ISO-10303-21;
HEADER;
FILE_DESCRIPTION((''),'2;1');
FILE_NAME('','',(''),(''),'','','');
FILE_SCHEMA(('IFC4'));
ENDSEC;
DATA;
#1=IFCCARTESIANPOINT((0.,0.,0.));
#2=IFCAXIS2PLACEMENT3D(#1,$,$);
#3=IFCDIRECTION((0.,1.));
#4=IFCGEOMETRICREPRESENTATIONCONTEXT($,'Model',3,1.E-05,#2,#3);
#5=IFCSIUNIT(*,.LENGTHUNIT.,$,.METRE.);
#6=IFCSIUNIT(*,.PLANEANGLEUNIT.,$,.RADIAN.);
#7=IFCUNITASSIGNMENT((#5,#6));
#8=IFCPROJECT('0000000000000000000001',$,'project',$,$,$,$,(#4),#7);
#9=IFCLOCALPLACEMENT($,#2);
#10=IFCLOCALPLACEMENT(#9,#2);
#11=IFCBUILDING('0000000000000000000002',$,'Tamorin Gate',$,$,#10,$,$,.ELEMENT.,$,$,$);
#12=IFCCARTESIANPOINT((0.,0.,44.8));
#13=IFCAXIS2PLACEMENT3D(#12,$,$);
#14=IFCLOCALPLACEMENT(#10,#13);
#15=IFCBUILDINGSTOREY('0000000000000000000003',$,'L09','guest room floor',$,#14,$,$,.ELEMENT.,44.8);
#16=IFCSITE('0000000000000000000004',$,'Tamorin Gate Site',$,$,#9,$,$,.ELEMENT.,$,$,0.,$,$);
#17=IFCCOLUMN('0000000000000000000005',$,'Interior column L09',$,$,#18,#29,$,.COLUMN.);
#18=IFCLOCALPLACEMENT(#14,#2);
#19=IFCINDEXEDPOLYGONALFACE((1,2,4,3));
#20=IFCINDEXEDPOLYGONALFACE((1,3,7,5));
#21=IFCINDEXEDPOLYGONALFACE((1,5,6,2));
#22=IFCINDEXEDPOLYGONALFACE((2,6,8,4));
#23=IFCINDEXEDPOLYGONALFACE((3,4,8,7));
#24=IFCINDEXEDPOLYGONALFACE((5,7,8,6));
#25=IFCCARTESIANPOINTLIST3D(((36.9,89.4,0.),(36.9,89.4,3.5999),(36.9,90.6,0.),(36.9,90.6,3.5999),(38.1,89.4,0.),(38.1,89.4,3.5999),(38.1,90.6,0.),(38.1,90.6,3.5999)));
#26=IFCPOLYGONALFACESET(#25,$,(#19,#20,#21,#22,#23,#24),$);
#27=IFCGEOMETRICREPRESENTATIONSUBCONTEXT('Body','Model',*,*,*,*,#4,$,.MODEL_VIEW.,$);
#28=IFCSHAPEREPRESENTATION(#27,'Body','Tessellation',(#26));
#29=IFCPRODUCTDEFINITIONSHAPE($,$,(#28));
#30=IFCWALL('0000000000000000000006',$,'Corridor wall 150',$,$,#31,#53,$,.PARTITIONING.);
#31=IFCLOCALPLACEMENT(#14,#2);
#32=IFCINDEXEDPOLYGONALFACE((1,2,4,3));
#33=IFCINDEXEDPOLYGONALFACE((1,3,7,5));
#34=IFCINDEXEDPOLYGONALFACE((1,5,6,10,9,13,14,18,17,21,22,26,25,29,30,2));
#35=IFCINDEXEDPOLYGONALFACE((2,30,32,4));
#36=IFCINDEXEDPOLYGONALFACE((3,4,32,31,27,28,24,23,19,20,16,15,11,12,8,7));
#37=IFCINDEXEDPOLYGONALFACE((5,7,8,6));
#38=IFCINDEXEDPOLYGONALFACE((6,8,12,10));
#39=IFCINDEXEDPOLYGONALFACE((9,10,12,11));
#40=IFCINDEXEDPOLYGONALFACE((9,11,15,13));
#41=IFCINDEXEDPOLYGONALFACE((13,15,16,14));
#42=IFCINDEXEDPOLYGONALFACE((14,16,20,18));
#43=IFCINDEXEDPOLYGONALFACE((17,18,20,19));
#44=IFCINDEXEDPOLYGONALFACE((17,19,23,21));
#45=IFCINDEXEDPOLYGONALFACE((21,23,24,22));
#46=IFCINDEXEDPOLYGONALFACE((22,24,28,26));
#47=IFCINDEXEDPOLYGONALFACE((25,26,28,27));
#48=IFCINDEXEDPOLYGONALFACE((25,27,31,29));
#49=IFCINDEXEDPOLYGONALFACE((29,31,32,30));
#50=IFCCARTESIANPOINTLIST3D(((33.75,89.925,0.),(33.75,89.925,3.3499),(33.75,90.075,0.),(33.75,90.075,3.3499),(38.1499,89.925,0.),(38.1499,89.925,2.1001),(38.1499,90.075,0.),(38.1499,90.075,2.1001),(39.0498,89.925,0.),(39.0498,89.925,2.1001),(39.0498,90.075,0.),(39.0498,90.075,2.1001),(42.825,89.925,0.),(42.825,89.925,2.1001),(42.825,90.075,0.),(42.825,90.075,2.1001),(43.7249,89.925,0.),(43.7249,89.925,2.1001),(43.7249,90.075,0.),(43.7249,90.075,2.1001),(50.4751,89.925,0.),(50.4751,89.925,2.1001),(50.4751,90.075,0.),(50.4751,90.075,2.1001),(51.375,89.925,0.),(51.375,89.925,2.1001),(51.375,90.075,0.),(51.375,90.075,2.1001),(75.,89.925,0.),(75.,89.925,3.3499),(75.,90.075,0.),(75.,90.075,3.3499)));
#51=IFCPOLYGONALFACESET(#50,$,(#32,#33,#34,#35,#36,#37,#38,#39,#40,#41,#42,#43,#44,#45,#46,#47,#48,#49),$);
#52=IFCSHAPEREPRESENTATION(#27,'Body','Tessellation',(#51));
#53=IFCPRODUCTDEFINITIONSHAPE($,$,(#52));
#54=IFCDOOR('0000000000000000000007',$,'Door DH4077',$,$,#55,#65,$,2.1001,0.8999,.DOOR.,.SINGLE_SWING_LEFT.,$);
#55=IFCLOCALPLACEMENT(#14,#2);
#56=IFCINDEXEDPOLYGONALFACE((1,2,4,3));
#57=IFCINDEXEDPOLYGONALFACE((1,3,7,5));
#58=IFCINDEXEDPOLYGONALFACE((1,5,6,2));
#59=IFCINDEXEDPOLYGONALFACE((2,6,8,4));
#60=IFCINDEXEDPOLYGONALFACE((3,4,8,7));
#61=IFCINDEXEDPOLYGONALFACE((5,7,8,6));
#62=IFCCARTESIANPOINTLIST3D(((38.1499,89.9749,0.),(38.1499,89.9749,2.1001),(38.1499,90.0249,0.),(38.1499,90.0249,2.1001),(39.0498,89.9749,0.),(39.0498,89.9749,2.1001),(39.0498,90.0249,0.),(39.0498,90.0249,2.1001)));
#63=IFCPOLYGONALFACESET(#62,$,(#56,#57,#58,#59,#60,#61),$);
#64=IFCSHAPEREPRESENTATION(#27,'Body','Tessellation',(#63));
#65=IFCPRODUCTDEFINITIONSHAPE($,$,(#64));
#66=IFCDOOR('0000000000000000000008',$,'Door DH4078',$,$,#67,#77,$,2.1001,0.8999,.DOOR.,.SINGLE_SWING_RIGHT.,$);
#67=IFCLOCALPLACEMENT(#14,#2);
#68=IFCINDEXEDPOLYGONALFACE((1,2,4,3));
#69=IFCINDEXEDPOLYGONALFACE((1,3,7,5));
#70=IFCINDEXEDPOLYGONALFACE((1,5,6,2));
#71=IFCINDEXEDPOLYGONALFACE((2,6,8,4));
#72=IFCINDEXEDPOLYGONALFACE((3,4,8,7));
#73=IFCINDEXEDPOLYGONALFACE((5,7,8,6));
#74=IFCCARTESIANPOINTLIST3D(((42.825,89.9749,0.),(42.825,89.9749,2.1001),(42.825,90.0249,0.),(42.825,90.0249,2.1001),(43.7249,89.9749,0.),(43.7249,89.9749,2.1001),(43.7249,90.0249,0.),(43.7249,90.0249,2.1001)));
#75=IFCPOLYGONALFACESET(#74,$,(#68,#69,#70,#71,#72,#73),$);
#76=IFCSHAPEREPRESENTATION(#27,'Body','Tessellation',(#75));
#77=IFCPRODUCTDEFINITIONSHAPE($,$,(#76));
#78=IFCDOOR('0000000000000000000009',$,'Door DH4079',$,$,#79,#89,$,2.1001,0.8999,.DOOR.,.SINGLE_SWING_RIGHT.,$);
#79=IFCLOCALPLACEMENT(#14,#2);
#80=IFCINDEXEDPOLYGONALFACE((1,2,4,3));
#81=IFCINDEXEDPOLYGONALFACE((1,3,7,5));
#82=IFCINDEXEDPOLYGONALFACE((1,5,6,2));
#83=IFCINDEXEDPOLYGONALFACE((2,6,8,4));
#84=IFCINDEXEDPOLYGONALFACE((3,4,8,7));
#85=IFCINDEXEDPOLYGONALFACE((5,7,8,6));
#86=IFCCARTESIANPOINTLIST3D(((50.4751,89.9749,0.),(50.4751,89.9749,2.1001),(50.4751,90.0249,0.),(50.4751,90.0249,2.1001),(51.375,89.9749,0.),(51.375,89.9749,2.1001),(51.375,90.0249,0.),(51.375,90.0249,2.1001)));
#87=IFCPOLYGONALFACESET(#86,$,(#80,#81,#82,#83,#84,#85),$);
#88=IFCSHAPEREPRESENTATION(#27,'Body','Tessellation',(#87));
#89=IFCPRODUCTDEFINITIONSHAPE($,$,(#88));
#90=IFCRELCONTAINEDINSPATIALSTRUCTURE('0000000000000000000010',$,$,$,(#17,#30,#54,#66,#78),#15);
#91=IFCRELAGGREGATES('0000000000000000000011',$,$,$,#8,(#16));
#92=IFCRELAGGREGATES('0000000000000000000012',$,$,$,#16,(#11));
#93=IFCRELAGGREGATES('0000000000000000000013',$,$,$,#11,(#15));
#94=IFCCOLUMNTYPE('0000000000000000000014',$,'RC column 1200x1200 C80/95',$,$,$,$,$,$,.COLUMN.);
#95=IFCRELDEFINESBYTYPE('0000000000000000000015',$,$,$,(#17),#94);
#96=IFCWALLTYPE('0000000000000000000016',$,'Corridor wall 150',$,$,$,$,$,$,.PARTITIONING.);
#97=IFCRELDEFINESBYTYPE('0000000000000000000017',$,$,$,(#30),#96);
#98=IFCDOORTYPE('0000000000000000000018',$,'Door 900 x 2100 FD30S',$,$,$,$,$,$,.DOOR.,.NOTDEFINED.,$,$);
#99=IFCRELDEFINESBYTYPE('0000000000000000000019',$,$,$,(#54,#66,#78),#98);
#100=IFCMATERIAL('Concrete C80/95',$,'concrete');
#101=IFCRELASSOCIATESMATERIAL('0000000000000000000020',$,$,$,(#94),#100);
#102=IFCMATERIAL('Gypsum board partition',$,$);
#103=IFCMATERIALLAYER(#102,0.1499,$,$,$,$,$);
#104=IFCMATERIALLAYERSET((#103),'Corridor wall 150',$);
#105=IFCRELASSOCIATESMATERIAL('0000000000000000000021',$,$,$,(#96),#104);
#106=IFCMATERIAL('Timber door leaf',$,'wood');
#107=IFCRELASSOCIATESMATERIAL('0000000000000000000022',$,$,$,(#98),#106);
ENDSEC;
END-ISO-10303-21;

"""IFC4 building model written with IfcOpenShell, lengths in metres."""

from ifc_helpers import new_model, si_unit, direction, frame, frame_2d, origin, origin_2d, place, context, subcontext, project, spatial, rectangle, extrude, material, layer, layer_set, material_profile, profile_set, type_object, element, fill, save


model = new_model("IFC4")

# Units and contexts
model_context = context("Model", 3, precision=1e-05, world=origin(), true_north=direction((0.0, 1.0)))
body_context = subcontext(model_context, "Body", "Model", "MODEL_VIEW")
ifc_project = project(units=[si_unit("LENGTHUNIT", "METRE"), si_unit("PLANEANGLEUNIT", "RADIAN")], contexts=[model_context])

# Site, building, storey
site_placement = place(None, origin())
site = spatial("IfcSite", under=ifc_project, at=site_placement, Name="Tamorin Gate Site", CompositionType="ELEMENT", RefElevation=0.0)
building_placement = place(site_placement, origin())
building = spatial("IfcBuilding", under=site, at=building_placement, Name="Tamorin Gate", CompositionType="ELEMENT")
storey_placement = place(building_placement, frame((0.0, 0.0, 44.8)))
storey = spatial("IfcBuildingStorey", under=building, at=storey_placement, Name="L09", Description="guest room floor", CompositionType="ELEMENT", Elevation=44.8)

# Column
ifc_material_1 = material(Name="Concrete C80/95", Category="concrete")
ifc_material_profile = material_profile(ifc_material_1, rectangle(XDim=1.2, YDim=1.2, at=origin_2d()), Name="RC 1200x1200")
ifc_profile_set = profile_set([ifc_material_profile], Name="Concrete C80/95")
column_type = type_object("IfcColumnType", Name="RC column 1200x1200 C80/95", PredefinedType="COLUMN", material=ifc_profile_set)
column_placement = place(storey_placement, frame((37.5, 90.0, 0.0), z_axis=(0.0, 0.0, 1.0), x_axis=(1.0, 0.0, 0.0)))
element("IfcColumn", 1, at=column_placement, inside=storey, type_object=column_type, Name="Interior column L09", PredefinedType="COLUMN", context=body_context, shape_type="SweptSolid", body=[
    extrude(rectangle(XDim=1.2, YDim=1.2, at=origin_2d()), origin(), (0.0, 0.0, 1.0), 3.5999),
])

# Wall, openings, doors
ifc_material_2 = material(Name="Gypsum board partition")
ifc_layer_1 = layer(ifc_material_2, 0.1499)
ifc_layer_set_1 = layer_set([ifc_layer_1], Name="Corridor wall 150")
wall_type_1 = type_object("IfcWallType", Name="Corridor wall 150", PredefinedType="PARTITIONING", material=ifc_layer_set_1)
wall_1_placement = place(storey_placement, frame((33.75, 90.0, 0.0), z_axis=(0.0, 0.0, 1.0), x_axis=(1.0, 0.0, 0.0)))
wall_1 = element("IfcWall", 2, at=wall_1_placement, inside=storey, type_object=wall_type_1, Name="Corridor wall 150", PredefinedType="PARTITIONING", context=body_context, shape_type="SweptSolid", body=[
    extrude(rectangle(XDim=41.25, YDim=0.1499, at=frame_2d((20.625, 0.0))), origin(), (0.0, 0.0, 1.0), 3.3499),
])
opening_1_placement = place(wall_1_placement, frame((4.3999, 0.0, 0.0)))
opening_1 = element("IfcOpeningElement", 3, at=opening_1_placement, cuts=wall_1, PredefinedType="OPENING", context=body_context, shape_type="SweptSolid", body=[
    extrude(rectangle(XDim=0.8999, YDim=2.1001, at=frame_2d((0.45, 1.05))), frame((0.0, 0.085, 0.0), z_axis=(0.0, -1.0, 0.0), x_axis=(1.0, 0.0, 0.0)), (0.0, 0.0, 1.0), 0.1699),
])
opening_2_placement = place(wall_1_placement, frame((9.075, 0.0, 0.0)))
opening_2 = element("IfcOpeningElement", 4, at=opening_2_placement, cuts=wall_1, PredefinedType="OPENING", context=body_context, shape_type="SweptSolid", body=[
    extrude(rectangle(XDim=0.8999, YDim=2.1001, at=frame_2d((0.45, 1.05))), frame((0.0, 0.085, 0.0), z_axis=(0.0, -1.0, 0.0), x_axis=(1.0, 0.0, 0.0)), (0.0, 0.0, 1.0), 0.1699),
])
opening_3_placement = place(wall_1_placement, frame((16.7251, 0.0, 0.0)))
opening_3 = element("IfcOpeningElement", 5, at=opening_3_placement, cuts=wall_1, PredefinedType="OPENING", context=body_context, shape_type="SweptSolid", body=[
    extrude(rectangle(XDim=0.8999, YDim=2.1001, at=frame_2d((0.45, 1.05))), frame((0.0, 0.085, 0.0), z_axis=(0.0, -1.0, 0.0), x_axis=(1.0, 0.0, 0.0)), (0.0, 0.0, 1.0), 0.1699),
])
ifc_material_3 = material(Name="Timber door leaf", Category="wood")
door_type_1 = type_object("IfcDoorType", Name="Door 900 x 2100 FD30S", OperationType="NOTDEFINED", PredefinedType="DOOR", material=ifc_material_3)
door_1_placement = place(opening_1_placement, origin())
door_1 = element("IfcDoor", 6, at=door_1_placement, inside=storey, type_object=door_type_1, Name="Door DH4077", OperationType="SINGLE_SWING_LEFT", OverallHeight=2.1001, OverallWidth=0.8999, PredefinedType="DOOR", context=body_context, shape_type="SweptSolid", body=[
    extrude(rectangle(XDim=0.8999, YDim=2.1001, at=frame_2d((0.45, 1.05))), frame((0.0, 0.0249, 0.0), z_axis=(0.0, -1.0, 0.0), x_axis=(1.0, 0.0, 0.0)), (0.0, 0.0, 1.0), 0.05),
])
fill(opening_1, door_1)
door_2_placement = place(opening_2_placement, origin())
door_2 = element("IfcDoor", 7, at=door_2_placement, inside=storey, type_object=door_type_1, Name="Door DH4078", OperationType="SINGLE_SWING_RIGHT", OverallHeight=2.1001, OverallWidth=0.8999, PredefinedType="DOOR", context=body_context, shape_type="SweptSolid", body=[
    extrude(rectangle(XDim=0.8999, YDim=2.1001, at=frame_2d((0.45, 1.05))), frame((0.0, 0.0249, 0.0), z_axis=(0.0, -1.0, 0.0), x_axis=(1.0, 0.0, 0.0)), (0.0, 0.0, 1.0), 0.05),
])
fill(opening_2, door_2)
door_3_placement = place(opening_3_placement, origin())
door_3 = element("IfcDoor", 8, at=door_3_placement, inside=storey, type_object=door_type_1, Name="Door DH4079", OperationType="SINGLE_SWING_RIGHT", OverallHeight=2.1001, OverallWidth=0.8999, PredefinedType="DOOR", context=body_context, shape_type="SweptSolid", body=[
    extrude(rectangle(XDim=0.8999, YDim=2.1001, at=frame_2d((0.45, 1.05))), frame((0.0, 0.0249, 0.0), z_axis=(0.0, -1.0, 0.0), x_axis=(1.0, 0.0, 0.0)), (0.0, 0.0, 1.0), 0.05),
])
fill(opening_3, door_3)

save(model, "model.ifc")
